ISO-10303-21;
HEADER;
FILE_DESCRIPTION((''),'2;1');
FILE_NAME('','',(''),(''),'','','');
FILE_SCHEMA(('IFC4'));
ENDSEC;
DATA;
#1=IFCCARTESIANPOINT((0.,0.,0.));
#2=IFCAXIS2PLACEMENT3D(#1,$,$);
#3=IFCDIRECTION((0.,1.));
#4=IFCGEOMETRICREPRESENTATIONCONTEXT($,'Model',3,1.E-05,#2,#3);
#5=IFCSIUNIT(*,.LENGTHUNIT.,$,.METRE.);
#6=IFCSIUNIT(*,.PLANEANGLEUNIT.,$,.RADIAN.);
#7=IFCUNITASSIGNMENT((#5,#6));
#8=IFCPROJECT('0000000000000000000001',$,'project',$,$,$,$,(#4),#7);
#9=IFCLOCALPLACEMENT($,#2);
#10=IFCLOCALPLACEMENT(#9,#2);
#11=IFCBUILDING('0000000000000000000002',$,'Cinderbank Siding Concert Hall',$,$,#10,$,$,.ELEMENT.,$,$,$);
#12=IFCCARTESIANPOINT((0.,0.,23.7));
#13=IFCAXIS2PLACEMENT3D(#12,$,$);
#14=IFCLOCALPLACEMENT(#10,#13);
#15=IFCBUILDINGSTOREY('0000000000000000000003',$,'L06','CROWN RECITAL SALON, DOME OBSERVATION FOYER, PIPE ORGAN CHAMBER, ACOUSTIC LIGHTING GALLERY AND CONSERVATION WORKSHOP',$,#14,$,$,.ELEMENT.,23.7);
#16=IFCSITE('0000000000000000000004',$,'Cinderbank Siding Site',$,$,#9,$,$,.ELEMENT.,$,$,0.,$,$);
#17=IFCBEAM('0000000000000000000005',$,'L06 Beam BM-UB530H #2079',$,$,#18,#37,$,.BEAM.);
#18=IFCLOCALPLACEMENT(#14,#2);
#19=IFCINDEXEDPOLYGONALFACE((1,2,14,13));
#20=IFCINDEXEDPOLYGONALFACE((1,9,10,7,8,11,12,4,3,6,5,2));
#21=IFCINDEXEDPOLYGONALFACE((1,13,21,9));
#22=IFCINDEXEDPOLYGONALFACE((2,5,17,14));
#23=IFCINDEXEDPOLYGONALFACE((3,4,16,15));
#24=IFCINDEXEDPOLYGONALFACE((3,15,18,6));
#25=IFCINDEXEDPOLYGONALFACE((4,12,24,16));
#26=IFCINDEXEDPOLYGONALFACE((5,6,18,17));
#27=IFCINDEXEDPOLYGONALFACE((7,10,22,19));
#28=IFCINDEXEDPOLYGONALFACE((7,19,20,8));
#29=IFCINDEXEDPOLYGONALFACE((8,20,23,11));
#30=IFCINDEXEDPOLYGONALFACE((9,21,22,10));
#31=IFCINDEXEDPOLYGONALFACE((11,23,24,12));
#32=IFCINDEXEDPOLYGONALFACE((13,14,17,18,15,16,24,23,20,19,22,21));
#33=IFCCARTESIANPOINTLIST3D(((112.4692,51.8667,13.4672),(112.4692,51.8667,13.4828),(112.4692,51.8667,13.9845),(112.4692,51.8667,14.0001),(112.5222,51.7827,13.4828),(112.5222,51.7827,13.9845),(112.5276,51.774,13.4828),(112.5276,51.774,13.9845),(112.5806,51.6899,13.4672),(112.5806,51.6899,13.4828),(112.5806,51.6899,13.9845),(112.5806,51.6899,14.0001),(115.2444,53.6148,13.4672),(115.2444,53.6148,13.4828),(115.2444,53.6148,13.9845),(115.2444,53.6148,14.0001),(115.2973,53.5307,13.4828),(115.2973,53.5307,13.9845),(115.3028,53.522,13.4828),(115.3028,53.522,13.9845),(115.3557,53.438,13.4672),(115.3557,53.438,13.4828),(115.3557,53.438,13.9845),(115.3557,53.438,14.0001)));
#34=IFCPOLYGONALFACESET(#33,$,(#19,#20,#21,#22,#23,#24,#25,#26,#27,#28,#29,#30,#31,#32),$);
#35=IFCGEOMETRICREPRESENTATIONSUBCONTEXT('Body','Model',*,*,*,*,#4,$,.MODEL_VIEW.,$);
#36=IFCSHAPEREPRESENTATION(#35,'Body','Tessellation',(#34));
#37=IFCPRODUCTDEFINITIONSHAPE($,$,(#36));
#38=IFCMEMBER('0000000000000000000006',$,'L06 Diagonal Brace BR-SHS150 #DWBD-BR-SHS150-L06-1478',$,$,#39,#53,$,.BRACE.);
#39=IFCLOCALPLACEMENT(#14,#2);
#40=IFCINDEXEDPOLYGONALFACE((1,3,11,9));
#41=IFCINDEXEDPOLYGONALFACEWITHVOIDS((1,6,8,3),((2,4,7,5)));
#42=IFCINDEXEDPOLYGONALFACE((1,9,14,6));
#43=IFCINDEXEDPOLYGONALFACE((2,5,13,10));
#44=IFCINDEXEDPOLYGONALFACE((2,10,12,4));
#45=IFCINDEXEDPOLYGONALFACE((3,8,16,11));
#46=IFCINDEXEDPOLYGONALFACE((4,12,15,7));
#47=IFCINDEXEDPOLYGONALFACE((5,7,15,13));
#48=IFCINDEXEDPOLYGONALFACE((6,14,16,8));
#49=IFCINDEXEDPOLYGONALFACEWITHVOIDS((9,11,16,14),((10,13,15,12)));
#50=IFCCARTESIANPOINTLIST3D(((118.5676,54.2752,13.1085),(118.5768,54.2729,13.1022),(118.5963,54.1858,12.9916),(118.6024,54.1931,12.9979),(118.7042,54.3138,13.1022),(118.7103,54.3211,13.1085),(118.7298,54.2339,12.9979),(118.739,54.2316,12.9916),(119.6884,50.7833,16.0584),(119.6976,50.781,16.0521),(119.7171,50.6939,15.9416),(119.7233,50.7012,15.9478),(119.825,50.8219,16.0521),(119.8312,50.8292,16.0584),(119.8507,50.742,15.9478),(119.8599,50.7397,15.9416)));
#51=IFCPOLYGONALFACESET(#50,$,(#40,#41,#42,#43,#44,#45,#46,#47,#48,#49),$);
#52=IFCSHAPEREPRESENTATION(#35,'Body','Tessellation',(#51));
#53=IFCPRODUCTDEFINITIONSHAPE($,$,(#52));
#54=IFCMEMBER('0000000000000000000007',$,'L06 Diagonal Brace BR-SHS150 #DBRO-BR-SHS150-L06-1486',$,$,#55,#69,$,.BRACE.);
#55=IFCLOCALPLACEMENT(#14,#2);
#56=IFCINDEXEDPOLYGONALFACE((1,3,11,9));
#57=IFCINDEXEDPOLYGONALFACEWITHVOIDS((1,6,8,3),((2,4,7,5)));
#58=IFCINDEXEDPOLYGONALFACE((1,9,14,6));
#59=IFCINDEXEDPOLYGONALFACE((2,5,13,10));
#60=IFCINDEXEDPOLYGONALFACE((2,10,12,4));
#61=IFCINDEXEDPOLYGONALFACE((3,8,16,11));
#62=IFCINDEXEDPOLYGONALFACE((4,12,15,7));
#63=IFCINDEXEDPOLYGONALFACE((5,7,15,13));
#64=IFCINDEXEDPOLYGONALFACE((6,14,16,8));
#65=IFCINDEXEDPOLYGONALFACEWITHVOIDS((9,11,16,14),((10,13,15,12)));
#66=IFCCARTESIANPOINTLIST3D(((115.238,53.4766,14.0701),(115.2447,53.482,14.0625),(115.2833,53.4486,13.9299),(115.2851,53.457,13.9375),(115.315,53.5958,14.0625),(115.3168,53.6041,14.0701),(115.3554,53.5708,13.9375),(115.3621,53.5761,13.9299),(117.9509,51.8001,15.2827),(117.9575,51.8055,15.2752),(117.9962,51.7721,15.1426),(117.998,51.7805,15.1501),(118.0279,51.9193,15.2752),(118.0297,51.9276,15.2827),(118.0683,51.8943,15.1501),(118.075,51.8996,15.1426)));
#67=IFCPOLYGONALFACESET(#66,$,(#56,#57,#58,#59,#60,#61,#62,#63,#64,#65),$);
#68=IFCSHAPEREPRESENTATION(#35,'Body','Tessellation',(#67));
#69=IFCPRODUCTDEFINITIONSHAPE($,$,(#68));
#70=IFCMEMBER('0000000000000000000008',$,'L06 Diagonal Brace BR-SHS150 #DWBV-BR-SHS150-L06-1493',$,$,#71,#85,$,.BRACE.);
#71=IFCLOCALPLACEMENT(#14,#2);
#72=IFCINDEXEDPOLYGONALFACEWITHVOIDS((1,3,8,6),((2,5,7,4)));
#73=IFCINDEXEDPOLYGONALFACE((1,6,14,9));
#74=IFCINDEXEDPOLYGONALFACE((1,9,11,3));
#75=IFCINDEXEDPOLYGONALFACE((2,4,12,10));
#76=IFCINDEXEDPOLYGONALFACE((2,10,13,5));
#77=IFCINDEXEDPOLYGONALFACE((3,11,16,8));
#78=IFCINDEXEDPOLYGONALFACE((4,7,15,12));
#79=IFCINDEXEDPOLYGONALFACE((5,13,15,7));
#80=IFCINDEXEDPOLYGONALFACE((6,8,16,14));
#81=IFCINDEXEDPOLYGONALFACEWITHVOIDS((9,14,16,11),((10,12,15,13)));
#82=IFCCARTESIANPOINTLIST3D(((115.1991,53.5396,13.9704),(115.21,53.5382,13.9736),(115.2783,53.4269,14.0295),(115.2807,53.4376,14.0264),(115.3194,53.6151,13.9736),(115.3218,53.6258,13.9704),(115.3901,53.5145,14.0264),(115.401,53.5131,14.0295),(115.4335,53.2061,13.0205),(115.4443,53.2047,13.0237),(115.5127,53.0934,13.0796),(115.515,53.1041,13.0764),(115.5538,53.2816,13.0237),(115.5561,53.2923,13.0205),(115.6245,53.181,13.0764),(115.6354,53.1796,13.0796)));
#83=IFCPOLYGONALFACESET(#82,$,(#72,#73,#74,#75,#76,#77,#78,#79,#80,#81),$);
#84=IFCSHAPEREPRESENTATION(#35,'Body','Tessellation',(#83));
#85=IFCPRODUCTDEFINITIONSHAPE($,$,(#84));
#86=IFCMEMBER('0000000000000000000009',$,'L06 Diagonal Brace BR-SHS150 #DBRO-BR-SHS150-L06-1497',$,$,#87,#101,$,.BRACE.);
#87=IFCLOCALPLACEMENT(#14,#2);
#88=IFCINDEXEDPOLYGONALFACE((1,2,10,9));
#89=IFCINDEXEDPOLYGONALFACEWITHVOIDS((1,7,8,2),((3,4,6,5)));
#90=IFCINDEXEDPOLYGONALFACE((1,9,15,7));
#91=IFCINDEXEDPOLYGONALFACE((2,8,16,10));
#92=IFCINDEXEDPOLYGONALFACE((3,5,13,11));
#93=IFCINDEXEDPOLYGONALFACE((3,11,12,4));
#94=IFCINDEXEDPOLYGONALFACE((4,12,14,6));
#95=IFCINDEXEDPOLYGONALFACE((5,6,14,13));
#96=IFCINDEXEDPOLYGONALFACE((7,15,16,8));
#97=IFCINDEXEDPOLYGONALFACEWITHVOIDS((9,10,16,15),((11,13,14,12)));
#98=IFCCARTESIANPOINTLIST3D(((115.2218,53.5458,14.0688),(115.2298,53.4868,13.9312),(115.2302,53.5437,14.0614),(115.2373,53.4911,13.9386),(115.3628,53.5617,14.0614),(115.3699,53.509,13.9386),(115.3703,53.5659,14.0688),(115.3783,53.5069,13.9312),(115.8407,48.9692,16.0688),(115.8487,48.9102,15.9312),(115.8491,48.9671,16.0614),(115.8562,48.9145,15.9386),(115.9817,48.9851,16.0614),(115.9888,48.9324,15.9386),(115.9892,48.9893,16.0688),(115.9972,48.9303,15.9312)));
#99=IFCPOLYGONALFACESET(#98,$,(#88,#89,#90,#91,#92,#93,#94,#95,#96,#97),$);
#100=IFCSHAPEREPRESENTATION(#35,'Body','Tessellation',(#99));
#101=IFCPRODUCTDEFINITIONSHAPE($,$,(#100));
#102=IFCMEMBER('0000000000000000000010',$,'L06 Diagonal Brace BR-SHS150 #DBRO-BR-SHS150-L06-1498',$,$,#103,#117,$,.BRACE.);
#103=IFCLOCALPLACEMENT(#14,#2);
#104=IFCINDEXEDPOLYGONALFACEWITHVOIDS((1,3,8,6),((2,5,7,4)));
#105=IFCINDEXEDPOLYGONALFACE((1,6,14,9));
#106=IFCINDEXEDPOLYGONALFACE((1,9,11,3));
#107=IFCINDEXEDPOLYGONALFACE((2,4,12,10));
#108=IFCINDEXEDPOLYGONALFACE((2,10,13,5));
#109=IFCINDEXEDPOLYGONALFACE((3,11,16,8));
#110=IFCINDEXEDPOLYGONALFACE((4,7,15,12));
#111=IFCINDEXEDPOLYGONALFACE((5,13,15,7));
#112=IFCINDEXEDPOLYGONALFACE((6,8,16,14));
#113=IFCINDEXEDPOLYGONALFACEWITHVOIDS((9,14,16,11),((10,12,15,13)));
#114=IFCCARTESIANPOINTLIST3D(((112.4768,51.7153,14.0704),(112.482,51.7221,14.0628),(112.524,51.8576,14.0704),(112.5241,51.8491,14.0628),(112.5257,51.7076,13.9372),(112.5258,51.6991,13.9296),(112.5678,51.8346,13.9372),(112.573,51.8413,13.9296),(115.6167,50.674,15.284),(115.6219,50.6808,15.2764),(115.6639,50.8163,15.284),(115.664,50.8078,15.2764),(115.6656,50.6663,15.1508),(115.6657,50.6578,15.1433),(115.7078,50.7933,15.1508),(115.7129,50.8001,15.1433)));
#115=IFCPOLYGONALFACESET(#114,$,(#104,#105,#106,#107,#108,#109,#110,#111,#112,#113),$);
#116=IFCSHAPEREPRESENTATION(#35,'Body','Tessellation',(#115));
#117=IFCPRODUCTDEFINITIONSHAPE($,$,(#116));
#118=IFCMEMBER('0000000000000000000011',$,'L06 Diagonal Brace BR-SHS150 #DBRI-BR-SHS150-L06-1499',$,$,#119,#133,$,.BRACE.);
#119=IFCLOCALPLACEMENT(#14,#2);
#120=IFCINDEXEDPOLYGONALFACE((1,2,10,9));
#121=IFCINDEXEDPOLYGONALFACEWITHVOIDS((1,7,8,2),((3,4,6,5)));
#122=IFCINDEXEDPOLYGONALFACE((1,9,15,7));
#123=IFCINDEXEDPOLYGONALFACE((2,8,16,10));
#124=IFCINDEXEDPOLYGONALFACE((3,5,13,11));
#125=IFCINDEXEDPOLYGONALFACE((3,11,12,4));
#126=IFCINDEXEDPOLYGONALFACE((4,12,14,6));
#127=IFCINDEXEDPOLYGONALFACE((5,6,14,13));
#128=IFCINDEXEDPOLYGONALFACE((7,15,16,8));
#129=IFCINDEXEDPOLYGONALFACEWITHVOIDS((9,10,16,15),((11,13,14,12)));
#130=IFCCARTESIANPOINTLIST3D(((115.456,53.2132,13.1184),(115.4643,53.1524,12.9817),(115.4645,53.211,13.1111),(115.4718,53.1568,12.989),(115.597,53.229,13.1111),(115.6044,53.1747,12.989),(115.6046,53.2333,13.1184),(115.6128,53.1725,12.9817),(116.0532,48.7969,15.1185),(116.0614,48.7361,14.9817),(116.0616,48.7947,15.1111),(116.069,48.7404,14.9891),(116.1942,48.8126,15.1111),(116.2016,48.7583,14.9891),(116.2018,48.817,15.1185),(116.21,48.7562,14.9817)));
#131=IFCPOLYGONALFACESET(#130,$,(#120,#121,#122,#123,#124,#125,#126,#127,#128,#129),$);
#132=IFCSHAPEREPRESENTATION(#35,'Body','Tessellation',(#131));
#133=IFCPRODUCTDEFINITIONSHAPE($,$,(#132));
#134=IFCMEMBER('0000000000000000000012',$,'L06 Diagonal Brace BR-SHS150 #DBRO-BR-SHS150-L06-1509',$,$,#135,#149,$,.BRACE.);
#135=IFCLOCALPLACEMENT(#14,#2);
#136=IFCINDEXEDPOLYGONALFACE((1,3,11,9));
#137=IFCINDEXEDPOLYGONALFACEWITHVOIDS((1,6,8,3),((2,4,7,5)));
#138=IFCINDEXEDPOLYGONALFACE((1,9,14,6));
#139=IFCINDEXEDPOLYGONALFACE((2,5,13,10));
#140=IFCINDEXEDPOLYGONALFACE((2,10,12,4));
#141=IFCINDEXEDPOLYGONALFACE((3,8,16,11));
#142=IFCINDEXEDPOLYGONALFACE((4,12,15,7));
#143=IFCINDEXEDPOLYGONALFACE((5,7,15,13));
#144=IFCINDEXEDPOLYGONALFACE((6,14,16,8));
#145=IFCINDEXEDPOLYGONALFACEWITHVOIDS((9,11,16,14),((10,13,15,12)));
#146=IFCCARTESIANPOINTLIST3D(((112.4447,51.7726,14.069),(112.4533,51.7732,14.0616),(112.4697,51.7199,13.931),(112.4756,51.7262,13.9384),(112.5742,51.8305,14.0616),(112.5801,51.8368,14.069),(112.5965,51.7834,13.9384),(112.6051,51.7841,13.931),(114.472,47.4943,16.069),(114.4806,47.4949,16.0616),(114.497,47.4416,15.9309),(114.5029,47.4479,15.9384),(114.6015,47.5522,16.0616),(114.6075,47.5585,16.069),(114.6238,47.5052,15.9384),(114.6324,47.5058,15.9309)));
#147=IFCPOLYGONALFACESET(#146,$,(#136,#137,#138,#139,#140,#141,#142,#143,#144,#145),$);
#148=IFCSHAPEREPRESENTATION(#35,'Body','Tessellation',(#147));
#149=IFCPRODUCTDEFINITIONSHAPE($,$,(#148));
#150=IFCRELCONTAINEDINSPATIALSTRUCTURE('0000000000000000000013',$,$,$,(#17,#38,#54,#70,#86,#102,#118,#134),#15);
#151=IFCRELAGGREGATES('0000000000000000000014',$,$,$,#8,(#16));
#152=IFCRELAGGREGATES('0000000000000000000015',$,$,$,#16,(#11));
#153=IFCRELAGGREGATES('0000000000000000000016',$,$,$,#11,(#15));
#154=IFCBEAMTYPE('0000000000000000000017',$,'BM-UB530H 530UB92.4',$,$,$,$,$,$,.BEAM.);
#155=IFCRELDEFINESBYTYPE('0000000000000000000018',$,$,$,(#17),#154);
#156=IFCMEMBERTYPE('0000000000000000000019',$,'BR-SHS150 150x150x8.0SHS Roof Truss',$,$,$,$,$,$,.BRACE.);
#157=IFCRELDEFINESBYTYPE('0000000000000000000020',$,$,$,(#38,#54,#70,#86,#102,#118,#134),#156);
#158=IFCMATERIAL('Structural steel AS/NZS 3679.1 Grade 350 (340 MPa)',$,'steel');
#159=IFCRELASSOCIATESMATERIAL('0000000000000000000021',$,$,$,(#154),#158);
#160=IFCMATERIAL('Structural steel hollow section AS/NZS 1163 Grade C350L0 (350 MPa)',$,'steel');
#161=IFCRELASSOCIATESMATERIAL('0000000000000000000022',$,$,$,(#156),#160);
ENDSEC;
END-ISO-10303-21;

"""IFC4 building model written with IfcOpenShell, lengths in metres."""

from ifc_helpers import new_model, si_unit, direction, frame, origin, origin_2d, place, context, subcontext, project, spatial, hollow_rectangle, i_section, extrude, material, material_profile, profile_set, type_object, element, save


model = new_model("IFC4")

# Units and contexts
model_context = context("Model", 3, precision=1e-05, world=origin(), true_north=direction((0.0, 1.0)))
body_context = subcontext(model_context, "Body", "Model", "MODEL_VIEW")
ifc_project = project(units=[si_unit("LENGTHUNIT", "METRE"), si_unit("PLANEANGLEUNIT", "RADIAN")], contexts=[model_context])

# Site, building, storey
site_placement = place(None, origin())
site = spatial("IfcSite", under=ifc_project, at=site_placement, Name="Cinderbank Siding Site", CompositionType="ELEMENT", RefElevation=0.0)
building_placement = place(site_placement, origin())
building = spatial("IfcBuilding", under=site, at=building_placement, Name="Cinderbank Siding Concert Hall", CompositionType="ELEMENT")
storey_placement = place(building_placement, frame((0.0, 0.0, 23.7)))
storey = spatial("IfcBuildingStorey", under=building, at=storey_placement, Name="L06", Description="CROWN RECITAL SALON, DOME OBSERVATION FOYER, PIPE ORGAN CHAMBER, ACOUSTIC LIGHTING GALLERY AND CONSERVATION WORKSHOP", CompositionType="ELEMENT", Elevation=23.7)

# Beam
ifc_material_1 = material(Name="Structural steel AS/NZS 3679.1 Grade 350 (340 MPa)", Category="steel")
ifc_material_profile_1 = material_profile(ifc_material_1, i_section(OverallWidth=0.209, OverallDepth=0.533, WebThickness=0.0103, FlangeThickness=0.0156, at=origin_2d()), Name="530UB92.4", Category="LoadBearing")
ifc_profile_set_1 = profile_set([ifc_material_profile_1], Name="Structural steel AS/NZS 3679.1 Grade 350 (340 MPa)")
beam_type = type_object("IfcBeamType", Name="BM-UB530H 530UB92.4", PredefinedType="BEAM", material=ifc_profile_set_1)
beam_placement = place(storey_placement, frame((115.3, 53.5264, 13.7336), z_axis=(-0.846132, -0.532973, 0.0), x_axis=(0.532973, -0.846132, 0.0)))
element("IfcBeam", 1, at=beam_placement, inside=storey, type_object=beam_type, Name="L06 Beam BM-UB530H #2079", PredefinedType="BEAM", context=body_context, shape_type="SweptSolid", body=[
    extrude(i_section(OverallWidth=0.209, OverallDepth=0.533, WebThickness=0.0103, FlangeThickness=0.0156, at=origin_2d()), origin(), (0.0, 0.0, 1.0), 3.2798),
])

# Members
ifc_material_2 = material(Name="Structural steel hollow section AS/NZS 1163 Grade C350L0 (350 MPa)", Category="steel")
ifc_material_profile_2 = material_profile(ifc_material_2, hollow_rectangle(XDim=0.1499, YDim=0.1499, WallThickness=0.0081, at=origin_2d()), Name="150x150x8.0SHS", Category="LoadBearing")
ifc_profile_set_2 = profile_set([ifc_material_profile_2], Name="Structural steel hollow section AS/NZS 1163 Grade C350L0 (350 MPa)")
member_type_1 = type_object("IfcMemberType", Name="BR-SHS150 150x150x8.0SHS Roof Truss", PredefinedType="BRACE", material=ifc_profile_set_2)
member_1_placement = place(storey_placement, frame((118.6533, 54.2534, 13.05), z_axis=(0.238144, -0.741923, 0.626768), x_axis=(0.952152, 0.305623, 0.0)))
element("IfcMember", 2, at=member_1_placement, inside=storey, type_object=member_type_1, Name="L06 Diagonal Brace BR-SHS150 #DWBD-BR-SHS150-L06-1478", PredefinedType="BRACE", context=body_context, shape_type="SweptSolid", body=[
    extrude(hollow_rectangle(XDim=0.1499, YDim=0.1499, WallThickness=0.0081, at=origin_2d()), origin(), (0.0, 0.0, 1.0), 4.7065),
])
member_2_placement = place(storey_placement, frame((115.3, 53.5264, 14.0), z_axis=(0.795129, -0.491374, 0.355418), x_axis=(0.525698, 0.850671, 0.0)))
element("IfcMember", 3, at=member_2_placement, inside=storey, type_object=member_type_1, Name="L06 Diagonal Brace BR-SHS150 #DBRO-BR-SHS150-L06-1486", PredefinedType="BRACE", context=body_context, shape_type="SweptSolid", body=[
    extrude(hollow_rectangle(XDim=0.1499, YDim=0.1499, WallThickness=0.0081, at=origin_2d()), origin(), (0.0, 0.0, 1.0), 3.4119),
])
member_3_placement = place(storey_placement, frame((115.5344, 53.1929, 13.05), z_axis=(-0.226732, 0.32262, 0.918972), x_axis=(-0.818161, -0.574989, 0.0)))
element("IfcMember", 4, at=member_3_placement, inside=storey, type_object=member_type_1, Name="L06 Diagonal Brace BR-SHS150 #DWBV-BR-SHS150-L06-1493", PredefinedType="BRACE", context=body_context, shape_type="SweptSolid", body=[
    extrude(hollow_rectangle(XDim=0.1499, YDim=0.1499, WallThickness=0.0081, at=origin_2d()), origin(), (0.0, 0.0, 1.0), 1.0337),
])
member_4_placement = place(storey_placement, frame((115.3, 53.5264, 14.0), z_axis=(0.122973, -0.909371, 0.397395), x_axis=(0.99098, 0.134009, 0.0)))
element("IfcMember", 5, at=member_4_placement, inside=storey, type_object=member_type_1, Name="L06 Diagonal Brace BR-SHS150 #DBRO-BR-SHS150-L06-1497", PredefinedType="BRACE", context=body_context, shape_type="SweptSolid", body=[
    extrude(hollow_rectangle(XDim=0.1499, YDim=0.1499, WallThickness=0.0081, at=origin_2d()), origin(), (0.0, 0.0, 1.0), 5.0327),
])
member_5_placement = place(storey_placement, frame((112.5249, 51.7783, 14.0), z_axis=(0.891094, -0.295507, 0.344423), x_axis=(0.314766, 0.949169, 0.0)))
element("IfcMember", 6, at=member_5_placement, inside=storey, type_object=member_type_1, Name="L06 Diagonal Brace BR-SHS150 #DBRO-BR-SHS150-L06-1498", PredefinedType="BRACE", context=body_context, shape_type="SweptSolid", body=[
    extrude(hollow_rectangle(XDim=0.1499, YDim=0.1499, WallThickness=0.0081, at=origin_2d()), origin(), (0.0, 0.0, 1.0), 3.5237),
])
member_6_placement = place(storey_placement, frame((115.5344, 53.1929, 13.05), z_axis=(0.122254, -0.904107, 0.409445), x_axis=(0.990981, 0.134001, 0.0)))
element("IfcMember", 7, at=member_6_placement, inside=storey, type_object=member_type_1, Name="L06 Diagonal Brace BR-SHS150 #DBRI-BR-SHS150-L06-1499", PredefinedType="BRACE", context=body_context, shape_type="SweptSolid", body=[
    extrude(hollow_rectangle(XDim=0.1499, YDim=0.1499, WallThickness=0.0081, at=origin_2d()), origin(), (0.0, 0.0, 1.0), 4.8848),
])
member_7_placement = place(storey_placement, frame((112.5249, 51.7783, 14.0), z_axis=(0.394466, -0.832444, 0.389145), x_axis=(0.903675, 0.428219, 0.0)))
element("IfcMember", 8, at=member_7_placement, inside=storey, type_object=member_type_1, Name="L06 Diagonal Brace BR-SHS150 #DBRO-BR-SHS150-L06-1509", PredefinedType="BRACE", context=body_context, shape_type="SweptSolid", body=[
    extrude(hollow_rectangle(XDim=0.1499, YDim=0.1499, WallThickness=0.0081, at=origin_2d()), origin(), (0.0, 0.0, 1.0), 5.1394),
])

save(model, "model.ifc")
